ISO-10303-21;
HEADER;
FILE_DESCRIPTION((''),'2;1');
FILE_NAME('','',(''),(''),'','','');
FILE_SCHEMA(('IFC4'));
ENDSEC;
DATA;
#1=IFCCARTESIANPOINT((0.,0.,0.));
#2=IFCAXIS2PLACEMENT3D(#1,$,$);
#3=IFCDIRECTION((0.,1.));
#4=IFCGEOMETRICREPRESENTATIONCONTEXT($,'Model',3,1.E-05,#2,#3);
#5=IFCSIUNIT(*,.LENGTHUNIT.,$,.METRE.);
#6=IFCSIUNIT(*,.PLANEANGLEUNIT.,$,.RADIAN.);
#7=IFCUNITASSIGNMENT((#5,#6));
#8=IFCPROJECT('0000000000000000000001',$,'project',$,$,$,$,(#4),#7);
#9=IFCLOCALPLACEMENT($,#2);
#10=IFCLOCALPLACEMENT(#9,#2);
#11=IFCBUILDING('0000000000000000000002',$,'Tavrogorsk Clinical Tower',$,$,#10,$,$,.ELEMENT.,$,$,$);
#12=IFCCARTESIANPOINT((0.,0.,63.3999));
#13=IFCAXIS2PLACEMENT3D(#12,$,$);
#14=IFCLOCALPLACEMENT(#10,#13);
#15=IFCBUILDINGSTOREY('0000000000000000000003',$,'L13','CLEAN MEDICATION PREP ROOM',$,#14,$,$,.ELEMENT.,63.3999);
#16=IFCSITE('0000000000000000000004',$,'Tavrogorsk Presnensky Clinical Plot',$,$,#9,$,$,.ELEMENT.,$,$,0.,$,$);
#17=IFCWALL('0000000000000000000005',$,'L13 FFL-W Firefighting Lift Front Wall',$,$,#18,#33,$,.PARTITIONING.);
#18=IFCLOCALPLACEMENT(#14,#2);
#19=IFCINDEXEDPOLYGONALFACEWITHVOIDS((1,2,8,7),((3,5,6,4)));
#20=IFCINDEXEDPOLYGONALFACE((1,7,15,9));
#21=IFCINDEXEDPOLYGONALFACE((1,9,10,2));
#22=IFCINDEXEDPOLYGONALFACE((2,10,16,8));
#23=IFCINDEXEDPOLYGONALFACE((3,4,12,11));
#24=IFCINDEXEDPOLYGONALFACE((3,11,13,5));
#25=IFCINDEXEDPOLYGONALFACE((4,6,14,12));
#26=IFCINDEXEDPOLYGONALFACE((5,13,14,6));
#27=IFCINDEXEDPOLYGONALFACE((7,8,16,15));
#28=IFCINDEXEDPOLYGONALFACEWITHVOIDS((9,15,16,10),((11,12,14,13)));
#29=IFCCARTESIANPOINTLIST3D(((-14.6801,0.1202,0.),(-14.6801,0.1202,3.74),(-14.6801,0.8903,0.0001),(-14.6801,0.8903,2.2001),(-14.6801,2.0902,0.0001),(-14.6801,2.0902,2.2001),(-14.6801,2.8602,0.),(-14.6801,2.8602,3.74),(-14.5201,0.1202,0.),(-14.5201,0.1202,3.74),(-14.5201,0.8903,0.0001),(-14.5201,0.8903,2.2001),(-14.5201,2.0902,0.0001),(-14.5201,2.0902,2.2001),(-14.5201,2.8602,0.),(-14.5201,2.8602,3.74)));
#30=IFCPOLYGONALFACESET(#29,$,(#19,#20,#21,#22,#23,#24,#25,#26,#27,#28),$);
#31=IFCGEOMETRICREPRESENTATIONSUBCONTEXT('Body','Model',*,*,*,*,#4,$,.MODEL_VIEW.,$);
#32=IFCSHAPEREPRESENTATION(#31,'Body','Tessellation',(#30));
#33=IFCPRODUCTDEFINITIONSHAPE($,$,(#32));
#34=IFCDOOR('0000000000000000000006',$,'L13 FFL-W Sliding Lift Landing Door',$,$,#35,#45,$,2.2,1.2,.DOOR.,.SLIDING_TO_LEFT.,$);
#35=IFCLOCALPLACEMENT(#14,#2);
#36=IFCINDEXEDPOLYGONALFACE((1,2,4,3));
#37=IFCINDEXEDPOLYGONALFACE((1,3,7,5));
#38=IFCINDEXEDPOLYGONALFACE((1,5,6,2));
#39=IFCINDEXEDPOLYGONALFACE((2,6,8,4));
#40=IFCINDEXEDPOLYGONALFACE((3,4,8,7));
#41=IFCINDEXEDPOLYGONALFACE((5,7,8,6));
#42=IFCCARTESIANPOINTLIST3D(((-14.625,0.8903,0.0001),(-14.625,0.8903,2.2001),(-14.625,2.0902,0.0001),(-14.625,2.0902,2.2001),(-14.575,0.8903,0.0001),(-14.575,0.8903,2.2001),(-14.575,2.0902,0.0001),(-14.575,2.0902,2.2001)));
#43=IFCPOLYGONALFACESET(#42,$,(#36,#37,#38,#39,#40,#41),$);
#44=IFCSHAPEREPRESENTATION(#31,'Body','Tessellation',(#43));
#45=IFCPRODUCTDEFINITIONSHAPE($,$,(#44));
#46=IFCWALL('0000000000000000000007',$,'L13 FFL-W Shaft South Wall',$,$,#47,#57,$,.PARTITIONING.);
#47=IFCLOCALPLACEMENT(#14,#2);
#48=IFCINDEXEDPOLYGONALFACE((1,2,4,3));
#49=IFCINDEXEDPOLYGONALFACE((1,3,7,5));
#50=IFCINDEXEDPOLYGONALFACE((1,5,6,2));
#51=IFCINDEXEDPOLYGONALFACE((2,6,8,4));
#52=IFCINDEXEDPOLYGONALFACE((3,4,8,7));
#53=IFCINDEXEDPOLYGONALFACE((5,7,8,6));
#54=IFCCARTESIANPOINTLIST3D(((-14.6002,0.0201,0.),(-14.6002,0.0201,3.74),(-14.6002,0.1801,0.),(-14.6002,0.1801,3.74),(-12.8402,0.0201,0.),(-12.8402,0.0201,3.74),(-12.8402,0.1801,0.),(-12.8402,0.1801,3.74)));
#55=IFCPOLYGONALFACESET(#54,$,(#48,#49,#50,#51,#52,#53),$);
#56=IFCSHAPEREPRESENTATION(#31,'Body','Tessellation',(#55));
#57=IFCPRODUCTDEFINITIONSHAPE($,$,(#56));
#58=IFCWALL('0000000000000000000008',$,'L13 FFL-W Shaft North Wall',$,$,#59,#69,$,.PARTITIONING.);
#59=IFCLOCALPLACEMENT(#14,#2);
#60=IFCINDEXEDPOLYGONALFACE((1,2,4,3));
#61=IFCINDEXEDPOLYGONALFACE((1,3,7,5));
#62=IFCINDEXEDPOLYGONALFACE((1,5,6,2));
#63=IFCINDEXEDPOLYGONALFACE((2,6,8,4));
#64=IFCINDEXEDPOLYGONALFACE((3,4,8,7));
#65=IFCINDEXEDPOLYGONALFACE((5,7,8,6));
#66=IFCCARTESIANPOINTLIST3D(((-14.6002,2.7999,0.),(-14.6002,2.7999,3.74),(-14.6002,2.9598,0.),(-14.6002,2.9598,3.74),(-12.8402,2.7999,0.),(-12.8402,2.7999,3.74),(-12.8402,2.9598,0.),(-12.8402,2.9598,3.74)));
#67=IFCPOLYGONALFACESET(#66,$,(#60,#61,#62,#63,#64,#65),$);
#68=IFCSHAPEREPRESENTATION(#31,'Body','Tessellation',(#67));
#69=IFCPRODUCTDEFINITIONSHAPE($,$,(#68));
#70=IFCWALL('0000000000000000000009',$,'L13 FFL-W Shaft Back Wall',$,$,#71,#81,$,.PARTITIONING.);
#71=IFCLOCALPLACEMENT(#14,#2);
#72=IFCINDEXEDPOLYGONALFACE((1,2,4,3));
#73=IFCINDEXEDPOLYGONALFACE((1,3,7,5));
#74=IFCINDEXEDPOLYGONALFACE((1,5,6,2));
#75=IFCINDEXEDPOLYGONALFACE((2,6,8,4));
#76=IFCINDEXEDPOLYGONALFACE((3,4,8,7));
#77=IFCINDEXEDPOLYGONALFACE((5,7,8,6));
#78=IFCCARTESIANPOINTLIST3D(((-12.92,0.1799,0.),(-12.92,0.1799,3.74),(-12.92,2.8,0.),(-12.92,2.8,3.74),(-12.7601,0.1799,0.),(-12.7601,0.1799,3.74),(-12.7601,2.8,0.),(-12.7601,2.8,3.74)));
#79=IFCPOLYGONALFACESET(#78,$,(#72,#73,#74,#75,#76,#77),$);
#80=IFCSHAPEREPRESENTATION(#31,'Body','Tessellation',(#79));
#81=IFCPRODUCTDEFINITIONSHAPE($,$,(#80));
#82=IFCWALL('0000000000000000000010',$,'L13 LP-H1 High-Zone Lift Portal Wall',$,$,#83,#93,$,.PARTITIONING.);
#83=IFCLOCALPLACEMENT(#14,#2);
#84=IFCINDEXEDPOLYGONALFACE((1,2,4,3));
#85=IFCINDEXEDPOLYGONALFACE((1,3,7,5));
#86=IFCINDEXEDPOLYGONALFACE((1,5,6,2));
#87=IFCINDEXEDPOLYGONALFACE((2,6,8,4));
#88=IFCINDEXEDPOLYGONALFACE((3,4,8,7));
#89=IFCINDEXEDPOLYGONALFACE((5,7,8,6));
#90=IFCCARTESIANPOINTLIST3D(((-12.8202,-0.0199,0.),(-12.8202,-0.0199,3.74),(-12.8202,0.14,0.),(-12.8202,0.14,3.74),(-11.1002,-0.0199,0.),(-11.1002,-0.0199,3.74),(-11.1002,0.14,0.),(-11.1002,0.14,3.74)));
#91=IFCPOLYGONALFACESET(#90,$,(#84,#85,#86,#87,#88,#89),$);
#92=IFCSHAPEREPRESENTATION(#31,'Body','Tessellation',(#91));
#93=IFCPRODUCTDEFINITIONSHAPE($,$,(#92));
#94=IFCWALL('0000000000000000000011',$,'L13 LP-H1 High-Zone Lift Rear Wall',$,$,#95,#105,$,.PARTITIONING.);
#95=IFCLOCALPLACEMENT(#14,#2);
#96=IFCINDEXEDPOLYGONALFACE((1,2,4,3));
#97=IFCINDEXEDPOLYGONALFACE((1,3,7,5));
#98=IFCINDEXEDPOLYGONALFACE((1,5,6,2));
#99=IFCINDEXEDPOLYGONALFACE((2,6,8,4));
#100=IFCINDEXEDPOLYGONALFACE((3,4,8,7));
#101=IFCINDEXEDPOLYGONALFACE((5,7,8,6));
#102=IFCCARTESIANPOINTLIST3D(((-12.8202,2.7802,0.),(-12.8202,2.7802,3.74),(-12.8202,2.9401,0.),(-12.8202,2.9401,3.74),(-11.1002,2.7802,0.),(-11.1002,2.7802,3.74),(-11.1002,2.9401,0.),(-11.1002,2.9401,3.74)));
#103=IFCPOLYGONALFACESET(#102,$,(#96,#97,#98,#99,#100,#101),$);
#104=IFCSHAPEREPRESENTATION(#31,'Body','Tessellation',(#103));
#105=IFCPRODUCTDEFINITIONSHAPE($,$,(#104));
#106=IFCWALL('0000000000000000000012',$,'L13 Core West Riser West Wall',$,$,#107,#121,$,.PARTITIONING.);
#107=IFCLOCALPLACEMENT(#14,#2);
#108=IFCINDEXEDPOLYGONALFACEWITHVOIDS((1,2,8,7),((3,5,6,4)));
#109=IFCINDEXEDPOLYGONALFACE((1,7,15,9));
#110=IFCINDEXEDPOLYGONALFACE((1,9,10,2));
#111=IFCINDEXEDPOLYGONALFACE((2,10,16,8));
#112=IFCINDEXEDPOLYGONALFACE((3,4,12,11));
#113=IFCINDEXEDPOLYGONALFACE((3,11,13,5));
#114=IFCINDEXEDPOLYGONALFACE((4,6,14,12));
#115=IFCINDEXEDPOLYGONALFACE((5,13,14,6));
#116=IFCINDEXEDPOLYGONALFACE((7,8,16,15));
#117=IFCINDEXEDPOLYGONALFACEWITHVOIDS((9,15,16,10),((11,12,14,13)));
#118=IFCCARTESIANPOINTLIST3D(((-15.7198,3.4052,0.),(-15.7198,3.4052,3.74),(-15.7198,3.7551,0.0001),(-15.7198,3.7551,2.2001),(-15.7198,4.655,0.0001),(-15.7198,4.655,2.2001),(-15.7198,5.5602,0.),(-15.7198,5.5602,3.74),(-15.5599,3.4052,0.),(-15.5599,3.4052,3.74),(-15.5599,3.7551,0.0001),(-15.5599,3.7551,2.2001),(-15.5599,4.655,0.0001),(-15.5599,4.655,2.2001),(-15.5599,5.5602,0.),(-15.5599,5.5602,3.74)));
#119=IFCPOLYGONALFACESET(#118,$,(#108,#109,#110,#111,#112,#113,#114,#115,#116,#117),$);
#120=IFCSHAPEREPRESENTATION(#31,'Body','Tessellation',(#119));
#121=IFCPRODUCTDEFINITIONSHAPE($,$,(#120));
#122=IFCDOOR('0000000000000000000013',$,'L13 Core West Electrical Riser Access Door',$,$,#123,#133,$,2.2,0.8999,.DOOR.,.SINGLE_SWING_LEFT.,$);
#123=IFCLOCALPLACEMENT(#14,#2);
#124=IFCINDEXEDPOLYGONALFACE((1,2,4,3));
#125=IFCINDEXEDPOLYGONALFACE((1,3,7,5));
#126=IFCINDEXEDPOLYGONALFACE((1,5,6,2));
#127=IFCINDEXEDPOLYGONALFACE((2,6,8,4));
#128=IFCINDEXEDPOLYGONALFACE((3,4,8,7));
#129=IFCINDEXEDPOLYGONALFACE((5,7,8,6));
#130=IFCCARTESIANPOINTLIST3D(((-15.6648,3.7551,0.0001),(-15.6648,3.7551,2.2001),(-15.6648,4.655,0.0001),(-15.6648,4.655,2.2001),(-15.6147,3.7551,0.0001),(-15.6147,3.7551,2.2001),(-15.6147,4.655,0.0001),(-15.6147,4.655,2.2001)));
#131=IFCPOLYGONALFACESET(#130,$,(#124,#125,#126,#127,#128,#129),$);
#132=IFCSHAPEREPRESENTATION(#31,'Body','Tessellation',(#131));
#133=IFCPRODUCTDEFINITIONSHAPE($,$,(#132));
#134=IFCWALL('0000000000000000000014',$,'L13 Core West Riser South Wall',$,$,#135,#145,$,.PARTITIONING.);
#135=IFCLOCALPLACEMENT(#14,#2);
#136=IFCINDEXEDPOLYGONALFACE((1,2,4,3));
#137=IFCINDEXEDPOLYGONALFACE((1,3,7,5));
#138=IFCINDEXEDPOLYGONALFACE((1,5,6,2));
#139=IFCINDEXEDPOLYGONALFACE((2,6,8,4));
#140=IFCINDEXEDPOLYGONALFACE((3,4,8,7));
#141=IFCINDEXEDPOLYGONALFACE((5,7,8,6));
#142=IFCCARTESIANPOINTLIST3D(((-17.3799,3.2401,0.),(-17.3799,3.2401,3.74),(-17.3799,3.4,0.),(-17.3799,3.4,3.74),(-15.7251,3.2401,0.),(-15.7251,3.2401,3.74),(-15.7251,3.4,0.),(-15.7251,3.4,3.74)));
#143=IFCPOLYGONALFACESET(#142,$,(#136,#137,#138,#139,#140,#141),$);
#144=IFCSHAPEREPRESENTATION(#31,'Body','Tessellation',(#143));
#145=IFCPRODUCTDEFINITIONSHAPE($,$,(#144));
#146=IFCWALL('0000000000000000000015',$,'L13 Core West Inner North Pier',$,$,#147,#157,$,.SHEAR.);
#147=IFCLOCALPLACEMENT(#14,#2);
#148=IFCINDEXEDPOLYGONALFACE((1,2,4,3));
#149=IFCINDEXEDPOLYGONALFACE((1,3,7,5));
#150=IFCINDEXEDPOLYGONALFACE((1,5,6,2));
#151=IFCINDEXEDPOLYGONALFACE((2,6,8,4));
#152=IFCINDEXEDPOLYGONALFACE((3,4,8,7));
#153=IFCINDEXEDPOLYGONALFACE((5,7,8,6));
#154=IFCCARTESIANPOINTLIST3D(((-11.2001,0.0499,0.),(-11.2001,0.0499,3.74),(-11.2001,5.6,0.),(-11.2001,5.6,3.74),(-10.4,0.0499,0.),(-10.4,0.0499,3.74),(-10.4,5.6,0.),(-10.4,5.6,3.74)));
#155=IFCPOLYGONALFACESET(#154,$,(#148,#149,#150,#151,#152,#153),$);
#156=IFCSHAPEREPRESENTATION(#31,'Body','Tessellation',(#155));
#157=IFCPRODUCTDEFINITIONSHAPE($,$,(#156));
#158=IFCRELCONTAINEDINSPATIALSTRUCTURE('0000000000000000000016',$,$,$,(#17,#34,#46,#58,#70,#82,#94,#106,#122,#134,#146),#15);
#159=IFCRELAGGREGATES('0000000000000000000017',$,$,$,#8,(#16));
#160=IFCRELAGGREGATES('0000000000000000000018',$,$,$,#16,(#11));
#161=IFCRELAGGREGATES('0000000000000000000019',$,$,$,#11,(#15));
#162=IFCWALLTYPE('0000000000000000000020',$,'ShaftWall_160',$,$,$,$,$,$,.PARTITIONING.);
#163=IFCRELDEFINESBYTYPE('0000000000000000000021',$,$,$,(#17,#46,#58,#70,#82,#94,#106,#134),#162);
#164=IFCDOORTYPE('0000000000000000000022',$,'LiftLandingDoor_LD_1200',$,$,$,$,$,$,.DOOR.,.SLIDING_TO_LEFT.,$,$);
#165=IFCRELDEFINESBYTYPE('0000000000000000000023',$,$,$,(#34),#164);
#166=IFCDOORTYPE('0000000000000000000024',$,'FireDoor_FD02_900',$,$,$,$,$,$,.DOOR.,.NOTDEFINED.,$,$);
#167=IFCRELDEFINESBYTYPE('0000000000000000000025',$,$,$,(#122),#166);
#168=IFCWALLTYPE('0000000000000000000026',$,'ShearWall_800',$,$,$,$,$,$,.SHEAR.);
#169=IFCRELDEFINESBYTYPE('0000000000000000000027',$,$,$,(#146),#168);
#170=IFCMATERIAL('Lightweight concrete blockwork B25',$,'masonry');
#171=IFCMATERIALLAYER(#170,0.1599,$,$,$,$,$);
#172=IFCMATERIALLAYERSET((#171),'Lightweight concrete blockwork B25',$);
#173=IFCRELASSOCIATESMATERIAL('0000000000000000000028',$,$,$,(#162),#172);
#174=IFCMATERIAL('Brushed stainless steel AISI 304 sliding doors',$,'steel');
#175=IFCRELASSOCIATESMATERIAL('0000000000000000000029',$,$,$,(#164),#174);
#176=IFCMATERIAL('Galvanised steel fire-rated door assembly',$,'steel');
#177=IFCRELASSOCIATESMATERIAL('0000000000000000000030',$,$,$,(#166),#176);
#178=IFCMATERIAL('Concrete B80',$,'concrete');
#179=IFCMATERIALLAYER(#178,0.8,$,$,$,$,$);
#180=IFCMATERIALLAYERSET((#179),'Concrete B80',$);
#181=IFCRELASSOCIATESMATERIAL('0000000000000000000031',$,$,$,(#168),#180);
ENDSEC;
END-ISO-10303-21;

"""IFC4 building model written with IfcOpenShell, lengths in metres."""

from ifc_helpers import new_model, si_unit, direction, frame, frame_2d, origin, place, context, subcontext, project, spatial, rectangle, extrude, material, layer, layer_set, type_object, element, fill, save


model = new_model("IFC4")

# Units and contexts
model_context = context("Model", 3, precision=1e-05, world=origin(), true_north=direction((0.0, 1.0)))
body_context = subcontext(model_context, "Body", "Model", "MODEL_VIEW")
ifc_project = project(units=[si_unit("LENGTHUNIT", "METRE"), si_unit("PLANEANGLEUNIT", "RADIAN")], contexts=[model_context])

# Site, building, storey
site_placement = place(None, origin())
site = spatial("IfcSite", under=ifc_project, at=site_placement, Name="Tavrogorsk Presnensky Clinical Plot", CompositionType="ELEMENT", RefElevation=0.0)
building_placement = place(site_placement, origin())
building = spatial("IfcBuilding", under=site, at=building_placement, Name="Tavrogorsk Clinical Tower", CompositionType="ELEMENT")
storey_placement = place(building_placement, frame((0.0, 0.0, 63.3999)))
storey = spatial("IfcBuildingStorey", under=building, at=storey_placement, Name="L13", Description="CLEAN MEDICATION PREP ROOM", CompositionType="ELEMENT", Elevation=63.3999)

# Wall, opening, door
ifc_material_1 = material(Name="Lightweight concrete blockwork B25", Category="masonry")
ifc_layer_1 = layer(ifc_material_1, 0.1599)
ifc_layer_set_1 = layer_set([ifc_layer_1], Name="Lightweight concrete blockwork B25")
wall_type_1 = type_object("IfcWallType", Name="ShaftWall_160", PredefinedType="PARTITIONING", material=ifc_layer_set_1)
wall_1_placement = place(storey_placement, frame((-14.6001, 0.1201, 0.0), z_axis=(0.0, 0.0, 1.0), x_axis=(0.0, 1.0, 0.0)))
wall_1 = element("IfcWall", 1, at=wall_1_placement, inside=storey, type_object=wall_type_1, Name="L13 FFL-W Firefighting Lift Front Wall", PredefinedType="PARTITIONING", context=body_context, shape_type="SweptSolid", body=[
    extrude(rectangle(XDim=2.74, YDim=0.1599, at=frame_2d((1.3701, 0.0))), origin(), (0.0, 0.0, 1.0), 3.74),
])
opening_1_placement = place(wall_1_placement, frame((0.77, 0.0, 0.0)))
opening_1 = element("IfcOpeningElement", 2, at=opening_1_placement, cuts=wall_1, PredefinedType="OPENING", context=body_context, shape_type="SweptSolid", body=[
    extrude(rectangle(XDim=1.2, YDim=2.2, at=frame_2d((0.6001, 1.1001))), frame((0.0, 0.0898, 0.0), z_axis=(0.0, -1.0, 0.0), x_axis=(1.0, 0.0, 0.0)), (0.0, 0.0, 1.0), 0.1799),
])
ifc_material_2 = material(Name="Brushed stainless steel AISI 304 sliding doors", Category="steel")
door_type_1 = type_object("IfcDoorType", Name="LiftLandingDoor_LD_1200", OperationType="SLIDING_TO_LEFT", PredefinedType="DOOR", material=ifc_material_2)
door_1_placement = place(opening_1_placement, origin())
door_1 = element("IfcDoor", 3, at=door_1_placement, inside=storey, type_object=door_type_1, Name="L13 FFL-W Sliding Lift Landing Door", OperationType="SLIDING_TO_LEFT", OverallHeight=2.2, OverallWidth=1.2, PredefinedType="DOOR", context=body_context, shape_type="SweptSolid", body=[
    extrude(rectangle(XDim=1.2, YDim=2.2, at=frame_2d((0.6001, 1.1001))), frame((0.0, 0.0249, 0.0), z_axis=(0.0, -1.0, 0.0), x_axis=(1.0, 0.0, 0.0)), (0.0, 0.0, 1.0), 0.05),
])
fill(opening_1, door_1)

# Walls
for number, where, z_axis, x_axis, name in (
    (4, (-14.6001, 0.1001, 0.0), (0.0, 0.0, 1.0), (1.0, 0.0, 0.0), "L13 FFL-W Shaft South Wall"),
    (5, (-14.6001, 2.8799, 0.0), (0.0, 0.0, 1.0), (1.0, 0.0, 0.0), "L13 FFL-W Shaft North Wall"),
):
    element("IfcWall", number, at=place(storey_placement, frame(where, z_axis=z_axis, x_axis=x_axis)), inside=storey, type_object=wall_type_1, Name=name, PredefinedType="PARTITIONING", context=body_context, shape_type="SweptSolid", body=[
        extrude(rectangle(XDim=1.76, YDim=0.1599, at=frame_2d((0.8799, 0.0))), origin(), (0.0, 0.0, 1.0), 3.74),
    ])
wall_2_placement = place(storey_placement, frame((-12.8401, 0.1799, 0.0), z_axis=(0.0, 0.0, 1.0), x_axis=(0.0, 1.0, 0.0)))
element("IfcWall", 6, at=wall_2_placement, inside=storey, type_object=wall_type_1, Name="L13 FFL-W Shaft Back Wall", PredefinedType="PARTITIONING", context=body_context, shape_type="SweptSolid", body=[
    extrude(rectangle(XDim=2.6201, YDim=0.1599, at=frame_2d((1.3101, 0.0))), origin(), (0.0, 0.0, 1.0), 3.74),
])
for number, where, z_axis, x_axis, name in (
    (7, (-12.8201, 0.0601, 0.0), (0.0, 0.0, 1.0), (1.0, 0.0, 0.0), "L13 LP-H1 High-Zone Lift Portal Wall"),
    (8, (-12.8201, 2.8601, 0.0), (0.0, 0.0, 1.0), (1.0, 0.0, 0.0), "L13 LP-H1 High-Zone Lift Rear Wall"),
):
    element("IfcWall", number, at=place(storey_placement, frame(where, z_axis=z_axis, x_axis=x_axis)), inside=storey, type_object=wall_type_1, Name=name, PredefinedType="PARTITIONING", context=body_context, shape_type="SweptSolid", body=[
        extrude(rectangle(XDim=1.72, YDim=0.1599, at=frame_2d((0.8599, 0.0))), origin(), (0.0, 0.0, 1.0), 3.74),
    ])

# Wall, opening, door
wall_3_placement = place(storey_placement, frame((-15.6399, 3.405, 0.0), z_axis=(0.0, 0.0, 1.0), x_axis=(0.0, 1.0, 0.0)))
wall_3 = element("IfcWall", 9, at=wall_3_placement, inside=storey, type_object=wall_type_1, Name="L13 Core West Riser West Wall", PredefinedType="PARTITIONING", context=body_context, shape_type="SweptSolid", body=[
    extrude(rectangle(XDim=2.155, YDim=0.1599, at=frame_2d((1.0776, 0.0))), origin(), (0.0, 0.0, 1.0), 3.74),
])
opening_2_placement = place(wall_3_placement, frame((0.3501, 0.0, 0.0)))
opening_2 = element("IfcOpeningElement", 10, at=opening_2_placement, cuts=wall_3, PredefinedType="OPENING", context=body_context, shape_type="SweptSolid", body=[
    extrude(rectangle(XDim=0.8999, YDim=2.2, at=frame_2d((0.45, 1.1001))), frame((0.0, 0.0898, 0.0), z_axis=(0.0, -1.0, 0.0), x_axis=(1.0, 0.0, 0.0)), (0.0, 0.0, 1.0), 0.1799),
])
ifc_material_3 = material(Name="Galvanised steel fire-rated door assembly", Category="steel")
door_type_2 = type_object("IfcDoorType", Name="FireDoor_FD02_900", OperationType="NOTDEFINED", PredefinedType="DOOR", material=ifc_material_3)
door_2_placement = place(opening_2_placement, origin())
door_2 = element("IfcDoor", 11, at=door_2_placement, inside=storey, type_object=door_type_2, Name="L13 Core West Electrical Riser Access Door", OperationType="SINGLE_SWING_LEFT", OverallHeight=2.2, OverallWidth=0.8999, PredefinedType="DOOR", context=body_context, shape_type="SweptSolid", body=[
    extrude(rectangle(XDim=0.8999, YDim=2.2, at=frame_2d((0.45, 1.1001))), frame((0.0, 0.0249, 0.0), z_axis=(0.0, -1.0, 0.0), x_axis=(1.0, 0.0, 0.0)), (0.0, 0.0, 1.0), 0.05),
])
fill(opening_2, door_2)

# Walls
wall_4_placement = place(storey_placement, frame((-17.3799, 3.3201, 0.0), z_axis=(0.0, 0.0, 1.0), x_axis=(1.0, 0.0, 0.0)))
element("IfcWall", 12, at=wall_4_placement, inside=storey, type_object=wall_type_1, Name="L13 Core West Riser South Wall", PredefinedType="PARTITIONING", context=body_context, shape_type="SweptSolid", body=[
    extrude(rectangle(XDim=1.6548, YDim=0.1599, at=frame_2d((0.8274, 0.0))), origin(), (0.0, 0.0, 1.0), 3.74),
])
ifc_material_4 = material(Name="Concrete B80", Category="concrete")
ifc_layer_2 = layer(ifc_material_4, 0.8)
ifc_layer_set_2 = layer_set([ifc_layer_2], Name="Concrete B80")
wall_type_2 = type_object("IfcWallType", Name="ShearWall_800", PredefinedType="SHEAR", material=ifc_layer_set_2)
wall_5_placement = place(storey_placement, frame((-10.8, 0.05, 0.0), z_axis=(0.0, 0.0, 1.0), x_axis=(0.0, 1.0, 0.0)))
element("IfcWall", 13, at=wall_5_placement, inside=storey, type_object=wall_type_2, Name="L13 Core West Inner North Pier", PredefinedType="SHEAR", context=body_context, shape_type="SweptSolid", body=[
    extrude(rectangle(XDim=5.55, YDim=0.8, at=frame_2d((2.7749, 0.0))), origin(), (0.0, 0.0, 1.0), 3.74),
])

save(model, "model.ifc")
